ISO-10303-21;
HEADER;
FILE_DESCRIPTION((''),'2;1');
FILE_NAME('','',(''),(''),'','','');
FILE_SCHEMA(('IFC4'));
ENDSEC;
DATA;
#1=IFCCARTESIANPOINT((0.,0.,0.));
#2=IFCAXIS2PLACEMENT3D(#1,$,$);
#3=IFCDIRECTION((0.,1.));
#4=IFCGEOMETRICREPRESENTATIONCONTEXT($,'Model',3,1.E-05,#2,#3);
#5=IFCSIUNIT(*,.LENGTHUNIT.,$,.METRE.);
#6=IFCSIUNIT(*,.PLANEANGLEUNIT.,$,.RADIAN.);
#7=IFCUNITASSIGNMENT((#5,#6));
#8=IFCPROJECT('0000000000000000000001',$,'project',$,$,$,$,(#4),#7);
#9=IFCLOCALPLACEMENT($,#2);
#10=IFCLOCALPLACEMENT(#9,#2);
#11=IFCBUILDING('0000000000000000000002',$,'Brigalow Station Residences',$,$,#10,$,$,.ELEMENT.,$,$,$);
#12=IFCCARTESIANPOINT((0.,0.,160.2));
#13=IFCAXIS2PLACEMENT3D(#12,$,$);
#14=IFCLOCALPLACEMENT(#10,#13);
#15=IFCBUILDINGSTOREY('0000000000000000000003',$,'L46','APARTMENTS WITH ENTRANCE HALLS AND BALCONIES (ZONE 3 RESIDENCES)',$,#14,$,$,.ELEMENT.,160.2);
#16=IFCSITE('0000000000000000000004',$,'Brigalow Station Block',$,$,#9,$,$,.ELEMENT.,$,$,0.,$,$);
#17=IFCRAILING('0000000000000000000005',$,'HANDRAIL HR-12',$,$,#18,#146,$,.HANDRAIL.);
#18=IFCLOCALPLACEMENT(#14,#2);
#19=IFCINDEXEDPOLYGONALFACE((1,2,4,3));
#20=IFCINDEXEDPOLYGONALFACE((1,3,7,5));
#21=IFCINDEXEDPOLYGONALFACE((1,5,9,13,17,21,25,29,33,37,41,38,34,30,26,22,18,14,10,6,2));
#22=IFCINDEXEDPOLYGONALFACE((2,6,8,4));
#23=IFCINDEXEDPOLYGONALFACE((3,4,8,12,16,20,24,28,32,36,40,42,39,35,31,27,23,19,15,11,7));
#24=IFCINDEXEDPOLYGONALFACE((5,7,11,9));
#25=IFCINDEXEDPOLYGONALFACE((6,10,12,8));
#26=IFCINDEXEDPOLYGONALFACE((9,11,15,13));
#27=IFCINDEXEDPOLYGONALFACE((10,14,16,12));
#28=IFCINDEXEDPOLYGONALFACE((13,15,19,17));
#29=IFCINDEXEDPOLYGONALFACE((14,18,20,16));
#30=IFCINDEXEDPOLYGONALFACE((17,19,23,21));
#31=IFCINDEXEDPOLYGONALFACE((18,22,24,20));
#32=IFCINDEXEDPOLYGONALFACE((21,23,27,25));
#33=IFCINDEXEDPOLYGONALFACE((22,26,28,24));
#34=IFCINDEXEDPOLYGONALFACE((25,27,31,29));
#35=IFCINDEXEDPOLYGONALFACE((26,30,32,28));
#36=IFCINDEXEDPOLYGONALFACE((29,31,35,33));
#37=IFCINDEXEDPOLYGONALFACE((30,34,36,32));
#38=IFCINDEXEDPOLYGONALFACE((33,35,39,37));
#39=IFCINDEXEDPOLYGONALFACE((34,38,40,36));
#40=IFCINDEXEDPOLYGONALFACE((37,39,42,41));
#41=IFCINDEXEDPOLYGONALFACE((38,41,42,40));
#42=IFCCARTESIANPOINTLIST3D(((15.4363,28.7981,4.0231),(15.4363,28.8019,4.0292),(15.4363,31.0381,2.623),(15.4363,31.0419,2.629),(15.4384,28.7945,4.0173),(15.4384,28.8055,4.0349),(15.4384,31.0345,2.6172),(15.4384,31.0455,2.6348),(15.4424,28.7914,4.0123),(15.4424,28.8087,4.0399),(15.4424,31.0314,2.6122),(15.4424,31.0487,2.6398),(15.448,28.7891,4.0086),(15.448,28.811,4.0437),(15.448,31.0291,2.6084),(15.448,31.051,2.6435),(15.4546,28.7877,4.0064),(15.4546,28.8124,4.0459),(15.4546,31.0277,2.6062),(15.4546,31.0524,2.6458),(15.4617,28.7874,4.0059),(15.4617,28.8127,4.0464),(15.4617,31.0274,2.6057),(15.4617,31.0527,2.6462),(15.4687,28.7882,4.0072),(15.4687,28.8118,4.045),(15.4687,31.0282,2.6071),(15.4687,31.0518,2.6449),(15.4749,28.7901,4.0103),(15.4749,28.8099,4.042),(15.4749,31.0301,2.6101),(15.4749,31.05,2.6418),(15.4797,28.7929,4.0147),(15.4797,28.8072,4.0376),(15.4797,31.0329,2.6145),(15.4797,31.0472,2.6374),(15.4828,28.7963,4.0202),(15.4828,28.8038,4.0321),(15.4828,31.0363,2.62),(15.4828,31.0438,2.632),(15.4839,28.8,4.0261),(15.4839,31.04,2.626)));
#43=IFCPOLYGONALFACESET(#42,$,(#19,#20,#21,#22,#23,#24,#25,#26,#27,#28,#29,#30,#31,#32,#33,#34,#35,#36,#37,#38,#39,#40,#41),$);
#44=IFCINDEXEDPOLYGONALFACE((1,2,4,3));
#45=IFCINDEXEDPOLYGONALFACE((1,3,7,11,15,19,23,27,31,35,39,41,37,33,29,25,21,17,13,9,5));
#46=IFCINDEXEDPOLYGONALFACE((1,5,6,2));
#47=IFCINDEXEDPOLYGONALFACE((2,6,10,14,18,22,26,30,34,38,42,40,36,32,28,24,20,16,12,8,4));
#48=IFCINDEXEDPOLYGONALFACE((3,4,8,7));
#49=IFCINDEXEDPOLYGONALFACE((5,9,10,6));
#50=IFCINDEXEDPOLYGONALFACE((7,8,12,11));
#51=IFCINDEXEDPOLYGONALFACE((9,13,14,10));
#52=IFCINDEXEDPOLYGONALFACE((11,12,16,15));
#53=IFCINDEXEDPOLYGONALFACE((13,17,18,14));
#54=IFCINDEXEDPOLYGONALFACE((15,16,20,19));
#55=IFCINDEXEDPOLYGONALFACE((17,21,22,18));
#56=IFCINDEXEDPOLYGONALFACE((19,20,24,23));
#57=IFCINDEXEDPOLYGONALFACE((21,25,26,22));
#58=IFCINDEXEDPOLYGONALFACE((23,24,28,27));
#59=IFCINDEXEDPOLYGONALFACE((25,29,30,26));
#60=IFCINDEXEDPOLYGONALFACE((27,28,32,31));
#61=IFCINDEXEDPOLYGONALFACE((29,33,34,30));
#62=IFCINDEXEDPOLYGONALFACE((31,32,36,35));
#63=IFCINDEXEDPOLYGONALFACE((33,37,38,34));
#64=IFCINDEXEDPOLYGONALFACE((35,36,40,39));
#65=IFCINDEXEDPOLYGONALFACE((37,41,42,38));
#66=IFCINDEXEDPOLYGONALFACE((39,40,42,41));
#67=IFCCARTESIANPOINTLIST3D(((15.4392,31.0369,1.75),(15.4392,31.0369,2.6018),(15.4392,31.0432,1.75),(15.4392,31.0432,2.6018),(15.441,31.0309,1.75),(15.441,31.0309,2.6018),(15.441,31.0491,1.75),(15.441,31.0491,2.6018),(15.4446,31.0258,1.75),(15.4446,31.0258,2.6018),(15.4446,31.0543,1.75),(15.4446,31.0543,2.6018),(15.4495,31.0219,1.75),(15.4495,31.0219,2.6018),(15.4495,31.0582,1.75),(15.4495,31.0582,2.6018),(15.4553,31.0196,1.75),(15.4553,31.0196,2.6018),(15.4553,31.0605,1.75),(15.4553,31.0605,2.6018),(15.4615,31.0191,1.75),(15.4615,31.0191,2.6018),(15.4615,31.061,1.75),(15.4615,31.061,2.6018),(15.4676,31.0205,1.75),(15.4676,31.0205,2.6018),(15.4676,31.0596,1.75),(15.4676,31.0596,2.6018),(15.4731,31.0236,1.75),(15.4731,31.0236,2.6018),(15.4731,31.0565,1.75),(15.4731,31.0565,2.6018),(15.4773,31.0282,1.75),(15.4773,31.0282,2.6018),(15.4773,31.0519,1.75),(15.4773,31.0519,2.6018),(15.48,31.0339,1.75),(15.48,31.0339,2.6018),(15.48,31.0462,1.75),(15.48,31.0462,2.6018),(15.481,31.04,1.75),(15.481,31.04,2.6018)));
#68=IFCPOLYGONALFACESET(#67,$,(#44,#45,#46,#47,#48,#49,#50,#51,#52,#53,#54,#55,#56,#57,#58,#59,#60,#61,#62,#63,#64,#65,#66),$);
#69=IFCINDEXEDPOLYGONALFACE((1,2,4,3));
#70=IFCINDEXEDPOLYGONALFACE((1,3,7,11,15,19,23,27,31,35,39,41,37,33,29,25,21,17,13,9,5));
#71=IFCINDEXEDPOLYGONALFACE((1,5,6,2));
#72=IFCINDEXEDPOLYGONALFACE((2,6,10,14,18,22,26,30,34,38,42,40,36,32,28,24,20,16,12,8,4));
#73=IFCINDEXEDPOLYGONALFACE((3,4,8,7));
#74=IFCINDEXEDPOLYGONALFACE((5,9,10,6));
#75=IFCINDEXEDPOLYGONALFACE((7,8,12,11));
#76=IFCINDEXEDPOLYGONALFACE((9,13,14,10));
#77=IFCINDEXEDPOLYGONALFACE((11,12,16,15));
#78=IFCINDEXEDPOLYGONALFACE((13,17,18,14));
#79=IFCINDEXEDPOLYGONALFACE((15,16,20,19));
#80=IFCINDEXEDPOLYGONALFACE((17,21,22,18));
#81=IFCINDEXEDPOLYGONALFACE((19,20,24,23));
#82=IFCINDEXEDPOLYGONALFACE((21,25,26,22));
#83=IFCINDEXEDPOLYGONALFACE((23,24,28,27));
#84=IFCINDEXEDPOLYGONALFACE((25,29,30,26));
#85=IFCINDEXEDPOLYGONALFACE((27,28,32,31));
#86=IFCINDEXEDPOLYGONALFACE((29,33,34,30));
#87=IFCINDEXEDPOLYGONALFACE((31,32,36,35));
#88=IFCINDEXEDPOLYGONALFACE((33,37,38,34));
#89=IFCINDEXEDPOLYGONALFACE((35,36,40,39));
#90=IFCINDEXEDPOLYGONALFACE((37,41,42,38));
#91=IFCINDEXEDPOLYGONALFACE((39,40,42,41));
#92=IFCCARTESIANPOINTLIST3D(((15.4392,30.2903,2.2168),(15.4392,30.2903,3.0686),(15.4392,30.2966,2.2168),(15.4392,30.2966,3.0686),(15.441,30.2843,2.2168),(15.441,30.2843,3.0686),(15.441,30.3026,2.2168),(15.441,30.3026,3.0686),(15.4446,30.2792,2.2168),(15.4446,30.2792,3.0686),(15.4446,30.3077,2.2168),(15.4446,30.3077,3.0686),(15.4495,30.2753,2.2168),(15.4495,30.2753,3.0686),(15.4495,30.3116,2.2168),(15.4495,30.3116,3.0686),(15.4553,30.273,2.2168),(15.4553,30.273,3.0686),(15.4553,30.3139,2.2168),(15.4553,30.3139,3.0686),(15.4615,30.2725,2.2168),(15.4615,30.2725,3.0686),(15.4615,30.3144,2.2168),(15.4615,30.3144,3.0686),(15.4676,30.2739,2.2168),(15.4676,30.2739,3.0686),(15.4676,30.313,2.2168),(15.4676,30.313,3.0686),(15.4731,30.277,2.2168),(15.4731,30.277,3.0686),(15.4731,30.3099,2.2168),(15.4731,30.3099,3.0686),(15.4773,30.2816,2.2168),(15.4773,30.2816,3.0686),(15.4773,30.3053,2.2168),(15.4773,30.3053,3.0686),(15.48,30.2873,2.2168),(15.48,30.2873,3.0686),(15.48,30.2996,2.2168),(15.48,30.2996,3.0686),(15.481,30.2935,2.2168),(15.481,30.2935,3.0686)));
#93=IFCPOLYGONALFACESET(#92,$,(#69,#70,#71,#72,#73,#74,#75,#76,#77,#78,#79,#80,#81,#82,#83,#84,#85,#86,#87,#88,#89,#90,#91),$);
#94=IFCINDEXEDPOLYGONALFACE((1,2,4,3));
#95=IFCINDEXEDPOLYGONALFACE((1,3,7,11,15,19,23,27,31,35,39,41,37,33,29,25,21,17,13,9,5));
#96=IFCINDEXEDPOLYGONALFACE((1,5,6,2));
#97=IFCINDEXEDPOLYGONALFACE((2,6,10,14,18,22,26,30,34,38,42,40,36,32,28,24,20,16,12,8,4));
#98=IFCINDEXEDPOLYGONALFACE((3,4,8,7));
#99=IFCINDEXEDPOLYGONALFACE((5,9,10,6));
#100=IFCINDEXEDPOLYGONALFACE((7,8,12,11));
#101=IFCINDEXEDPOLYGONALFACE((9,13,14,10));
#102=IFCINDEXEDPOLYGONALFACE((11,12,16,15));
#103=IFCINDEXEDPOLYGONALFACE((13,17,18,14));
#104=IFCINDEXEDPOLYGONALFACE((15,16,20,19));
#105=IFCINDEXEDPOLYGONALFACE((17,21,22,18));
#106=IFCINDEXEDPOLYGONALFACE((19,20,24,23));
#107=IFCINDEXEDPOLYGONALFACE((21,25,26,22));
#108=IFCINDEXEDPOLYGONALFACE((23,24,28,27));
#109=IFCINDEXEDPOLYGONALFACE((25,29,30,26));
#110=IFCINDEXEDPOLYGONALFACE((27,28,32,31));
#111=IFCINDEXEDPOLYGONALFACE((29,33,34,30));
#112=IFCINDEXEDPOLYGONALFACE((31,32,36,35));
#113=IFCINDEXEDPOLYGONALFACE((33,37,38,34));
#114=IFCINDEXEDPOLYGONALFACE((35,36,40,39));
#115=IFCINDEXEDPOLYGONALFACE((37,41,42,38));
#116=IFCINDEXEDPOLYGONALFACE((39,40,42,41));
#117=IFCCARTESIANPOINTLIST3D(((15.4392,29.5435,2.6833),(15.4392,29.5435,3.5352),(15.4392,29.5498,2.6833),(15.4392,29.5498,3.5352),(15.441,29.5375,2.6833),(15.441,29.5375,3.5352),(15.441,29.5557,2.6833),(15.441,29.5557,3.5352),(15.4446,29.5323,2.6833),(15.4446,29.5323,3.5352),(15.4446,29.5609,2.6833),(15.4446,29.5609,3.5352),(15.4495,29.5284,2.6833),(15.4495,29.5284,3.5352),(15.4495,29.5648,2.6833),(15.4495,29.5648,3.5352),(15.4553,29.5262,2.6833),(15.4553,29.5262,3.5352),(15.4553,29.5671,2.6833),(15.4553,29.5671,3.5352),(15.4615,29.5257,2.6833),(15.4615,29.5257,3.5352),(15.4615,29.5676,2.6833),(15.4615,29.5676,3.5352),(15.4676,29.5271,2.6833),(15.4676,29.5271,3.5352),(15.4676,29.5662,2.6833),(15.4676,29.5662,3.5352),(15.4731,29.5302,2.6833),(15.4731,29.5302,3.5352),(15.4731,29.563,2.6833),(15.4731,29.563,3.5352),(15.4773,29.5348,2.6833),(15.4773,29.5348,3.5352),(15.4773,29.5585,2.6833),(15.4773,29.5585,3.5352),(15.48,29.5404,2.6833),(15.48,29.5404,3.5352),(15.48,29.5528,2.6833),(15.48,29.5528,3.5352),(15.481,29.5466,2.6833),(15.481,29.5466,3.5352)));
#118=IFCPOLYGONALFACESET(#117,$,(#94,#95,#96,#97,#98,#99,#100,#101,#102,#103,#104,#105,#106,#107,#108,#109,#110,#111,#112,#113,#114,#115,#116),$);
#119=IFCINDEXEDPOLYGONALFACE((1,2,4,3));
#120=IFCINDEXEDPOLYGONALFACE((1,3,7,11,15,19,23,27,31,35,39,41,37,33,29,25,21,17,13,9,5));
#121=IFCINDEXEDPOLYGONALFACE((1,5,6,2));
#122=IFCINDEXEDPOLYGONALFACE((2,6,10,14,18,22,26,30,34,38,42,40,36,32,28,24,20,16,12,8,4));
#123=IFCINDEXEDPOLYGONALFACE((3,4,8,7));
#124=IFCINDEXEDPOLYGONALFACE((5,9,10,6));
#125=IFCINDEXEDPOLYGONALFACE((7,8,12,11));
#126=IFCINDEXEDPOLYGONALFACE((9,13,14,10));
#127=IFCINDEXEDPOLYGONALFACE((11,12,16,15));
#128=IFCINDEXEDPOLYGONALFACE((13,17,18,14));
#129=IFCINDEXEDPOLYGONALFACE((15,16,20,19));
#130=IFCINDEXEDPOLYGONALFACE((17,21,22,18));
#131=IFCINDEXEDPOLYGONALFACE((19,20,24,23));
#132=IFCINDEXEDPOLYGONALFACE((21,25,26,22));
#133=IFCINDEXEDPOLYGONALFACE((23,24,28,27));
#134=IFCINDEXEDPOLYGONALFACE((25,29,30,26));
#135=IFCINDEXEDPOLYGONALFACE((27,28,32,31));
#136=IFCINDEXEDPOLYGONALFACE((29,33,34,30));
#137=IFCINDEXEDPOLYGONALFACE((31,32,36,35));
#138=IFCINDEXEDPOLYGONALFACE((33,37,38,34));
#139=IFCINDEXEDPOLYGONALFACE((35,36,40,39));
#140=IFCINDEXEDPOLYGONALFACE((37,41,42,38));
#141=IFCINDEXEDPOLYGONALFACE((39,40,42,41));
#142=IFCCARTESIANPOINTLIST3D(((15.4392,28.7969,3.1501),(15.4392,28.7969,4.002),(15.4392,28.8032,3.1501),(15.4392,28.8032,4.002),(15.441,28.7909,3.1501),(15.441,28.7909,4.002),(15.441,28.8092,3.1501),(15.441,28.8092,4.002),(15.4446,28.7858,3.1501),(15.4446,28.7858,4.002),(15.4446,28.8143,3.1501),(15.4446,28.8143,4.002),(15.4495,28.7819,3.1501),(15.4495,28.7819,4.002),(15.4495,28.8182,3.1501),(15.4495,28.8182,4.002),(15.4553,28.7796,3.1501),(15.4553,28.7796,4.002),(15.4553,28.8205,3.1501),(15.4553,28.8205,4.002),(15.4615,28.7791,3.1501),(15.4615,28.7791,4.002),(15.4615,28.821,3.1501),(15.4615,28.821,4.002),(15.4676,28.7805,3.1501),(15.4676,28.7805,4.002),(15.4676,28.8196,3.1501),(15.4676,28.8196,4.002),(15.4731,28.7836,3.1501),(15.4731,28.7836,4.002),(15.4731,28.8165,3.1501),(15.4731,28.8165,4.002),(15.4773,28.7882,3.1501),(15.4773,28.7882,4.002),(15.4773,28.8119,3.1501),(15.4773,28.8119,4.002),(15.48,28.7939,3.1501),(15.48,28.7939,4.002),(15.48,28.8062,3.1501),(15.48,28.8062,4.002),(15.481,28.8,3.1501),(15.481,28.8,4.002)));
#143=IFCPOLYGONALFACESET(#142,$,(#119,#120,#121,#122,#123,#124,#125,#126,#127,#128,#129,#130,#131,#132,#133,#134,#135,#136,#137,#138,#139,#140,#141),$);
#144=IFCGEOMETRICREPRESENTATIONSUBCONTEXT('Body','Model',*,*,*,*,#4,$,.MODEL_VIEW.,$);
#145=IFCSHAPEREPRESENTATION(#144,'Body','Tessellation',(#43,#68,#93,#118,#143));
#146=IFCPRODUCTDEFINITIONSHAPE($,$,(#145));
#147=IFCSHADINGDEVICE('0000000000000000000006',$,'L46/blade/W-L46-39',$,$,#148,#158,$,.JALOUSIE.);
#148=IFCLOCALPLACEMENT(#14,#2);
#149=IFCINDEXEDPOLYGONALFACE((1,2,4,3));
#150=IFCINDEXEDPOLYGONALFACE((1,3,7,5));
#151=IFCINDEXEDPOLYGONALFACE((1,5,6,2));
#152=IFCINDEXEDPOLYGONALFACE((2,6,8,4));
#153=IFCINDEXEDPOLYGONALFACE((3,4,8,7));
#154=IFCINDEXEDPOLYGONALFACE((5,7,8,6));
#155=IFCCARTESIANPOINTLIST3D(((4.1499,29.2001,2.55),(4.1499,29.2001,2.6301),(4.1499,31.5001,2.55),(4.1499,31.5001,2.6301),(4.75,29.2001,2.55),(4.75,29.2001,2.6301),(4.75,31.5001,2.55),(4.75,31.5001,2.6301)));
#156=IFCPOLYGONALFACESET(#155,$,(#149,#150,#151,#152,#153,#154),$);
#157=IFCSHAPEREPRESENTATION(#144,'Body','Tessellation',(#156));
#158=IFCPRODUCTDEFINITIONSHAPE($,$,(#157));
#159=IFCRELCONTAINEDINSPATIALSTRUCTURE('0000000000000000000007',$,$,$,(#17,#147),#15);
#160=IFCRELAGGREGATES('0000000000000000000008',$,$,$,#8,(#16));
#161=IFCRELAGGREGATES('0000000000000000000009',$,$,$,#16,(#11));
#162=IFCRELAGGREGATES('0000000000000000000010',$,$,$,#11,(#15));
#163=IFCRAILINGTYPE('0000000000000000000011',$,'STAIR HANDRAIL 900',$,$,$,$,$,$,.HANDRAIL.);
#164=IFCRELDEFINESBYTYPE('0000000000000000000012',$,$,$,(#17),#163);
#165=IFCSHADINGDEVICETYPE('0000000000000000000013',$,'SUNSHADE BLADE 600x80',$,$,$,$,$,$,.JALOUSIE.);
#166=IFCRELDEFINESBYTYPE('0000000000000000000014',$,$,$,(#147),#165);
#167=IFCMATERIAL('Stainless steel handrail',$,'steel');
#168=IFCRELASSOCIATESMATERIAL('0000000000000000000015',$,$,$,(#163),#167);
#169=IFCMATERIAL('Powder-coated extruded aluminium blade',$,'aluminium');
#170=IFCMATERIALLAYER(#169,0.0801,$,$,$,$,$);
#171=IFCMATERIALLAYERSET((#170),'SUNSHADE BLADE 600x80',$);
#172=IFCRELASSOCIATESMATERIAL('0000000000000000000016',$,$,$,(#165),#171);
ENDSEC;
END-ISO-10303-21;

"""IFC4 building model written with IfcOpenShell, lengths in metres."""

from ifc_helpers import new_model, si_unit, direction, frame, origin, origin_2d, place, context, subcontext, project, spatial, rectangle, circle, extrude, material, layer, layer_set, type_object, element, save


model = new_model("IFC4")

# Units and contexts
model_context = context("Model", 3, precision=1e-05, world=origin(), true_north=direction((0.0, 1.0)))
body_context = subcontext(model_context, "Body", "Model", "MODEL_VIEW")
ifc_project = project(units=[si_unit("LENGTHUNIT", "METRE"), si_unit("PLANEANGLEUNIT", "RADIAN")], contexts=[model_context])

# Site, building, storey
site_placement = place(None, origin())
site = spatial("IfcSite", under=ifc_project, at=site_placement, Name="Brigalow Station Block", CompositionType="ELEMENT", RefElevation=0.0)
building_placement = place(site_placement, origin())
building = spatial("IfcBuilding", under=site, at=building_placement, Name="Brigalow Station Residences", CompositionType="ELEMENT")
storey_placement = place(building_placement, frame((0.0, 0.0, 160.2)))
storey = spatial("IfcBuildingStorey", under=building, at=storey_placement, Name="L46", Description="APARTMENTS WITH ENTRANCE HALLS AND BALCONIES (ZONE 3 RESIDENCES)", CompositionType="ELEMENT", Elevation=160.2)

# Railing
ifc_material_1 = material(Name="Stainless steel handrail", Category="steel")
railing_type_1 = type_object("IfcRailingType", Name="STAIR HANDRAIL 900", PredefinedType="HANDRAIL", material=ifc_material_1)
railing_1_placement = place(storey_placement, frame((15.46, 31.04, 1.75)))
element("IfcRailing", 1, at=railing_1_placement, inside=storey, type_object=railing_type_1, Name="HANDRAIL HR-12", PredefinedType="HANDRAIL", context=body_context, shape_type="SweptSolid", body=[
    extrude(circle(Radius=0.0239, at=origin_2d()), frame((0.0, 0.0, 0.876), z_axis=(0.0, -0.847972, 0.53004), x_axis=(1.0, 0.0, 0.0)), (0.0, 0.0, 1.0), 2.6416),
    extrude(circle(Radius=0.021, at=origin_2d()), origin(), (0.0, 0.0, 1.0), 0.8518),
    extrude(circle(Radius=0.021, at=origin_2d()), frame((0.0, -0.7466, 0.4668)), (0.0, 0.0, 1.0), 0.8518),
    extrude(circle(Radius=0.021, at=origin_2d()), frame((0.0, -1.4934, 0.9333)), (0.0, 0.0, 1.0), 0.8518),
    extrude(circle(Radius=0.021, at=origin_2d()), frame((0.0, -2.24, 1.4001)), (0.0, 0.0, 1.0), 0.8518),
])

# Shading device
ifc_material_2 = material(Name="Powder-coated extruded aluminium blade", Category="aluminium")
ifc_layer_1 = layer(ifc_material_2, 0.0801)
ifc_layer_set_1 = layer_set([ifc_layer_1], Name="SUNSHADE BLADE 600x80")
shading_device_type = type_object("IfcShadingDeviceType", Name="SUNSHADE BLADE 600x80", PredefinedType="JALOUSIE", material=ifc_layer_set_1)
shading_device_placement = place(storey_placement, frame((4.45, 30.3501, 2.55), z_axis=(0.0, 0.0, 1.0), x_axis=(0.0, -1.0, 0.0)))
element("IfcShadingDevice", 2, at=shading_device_placement, inside=storey, type_object=shading_device_type, Name="L46/blade/W-L46-39", PredefinedType="JALOUSIE", context=body_context, shape_type="SweptSolid", body=[
    extrude(rectangle(XDim=2.3, YDim=0.6001, at=origin_2d()), origin(), (0.0, 0.0, 1.0), 0.0801),
])

save(model, "model.ifc")
